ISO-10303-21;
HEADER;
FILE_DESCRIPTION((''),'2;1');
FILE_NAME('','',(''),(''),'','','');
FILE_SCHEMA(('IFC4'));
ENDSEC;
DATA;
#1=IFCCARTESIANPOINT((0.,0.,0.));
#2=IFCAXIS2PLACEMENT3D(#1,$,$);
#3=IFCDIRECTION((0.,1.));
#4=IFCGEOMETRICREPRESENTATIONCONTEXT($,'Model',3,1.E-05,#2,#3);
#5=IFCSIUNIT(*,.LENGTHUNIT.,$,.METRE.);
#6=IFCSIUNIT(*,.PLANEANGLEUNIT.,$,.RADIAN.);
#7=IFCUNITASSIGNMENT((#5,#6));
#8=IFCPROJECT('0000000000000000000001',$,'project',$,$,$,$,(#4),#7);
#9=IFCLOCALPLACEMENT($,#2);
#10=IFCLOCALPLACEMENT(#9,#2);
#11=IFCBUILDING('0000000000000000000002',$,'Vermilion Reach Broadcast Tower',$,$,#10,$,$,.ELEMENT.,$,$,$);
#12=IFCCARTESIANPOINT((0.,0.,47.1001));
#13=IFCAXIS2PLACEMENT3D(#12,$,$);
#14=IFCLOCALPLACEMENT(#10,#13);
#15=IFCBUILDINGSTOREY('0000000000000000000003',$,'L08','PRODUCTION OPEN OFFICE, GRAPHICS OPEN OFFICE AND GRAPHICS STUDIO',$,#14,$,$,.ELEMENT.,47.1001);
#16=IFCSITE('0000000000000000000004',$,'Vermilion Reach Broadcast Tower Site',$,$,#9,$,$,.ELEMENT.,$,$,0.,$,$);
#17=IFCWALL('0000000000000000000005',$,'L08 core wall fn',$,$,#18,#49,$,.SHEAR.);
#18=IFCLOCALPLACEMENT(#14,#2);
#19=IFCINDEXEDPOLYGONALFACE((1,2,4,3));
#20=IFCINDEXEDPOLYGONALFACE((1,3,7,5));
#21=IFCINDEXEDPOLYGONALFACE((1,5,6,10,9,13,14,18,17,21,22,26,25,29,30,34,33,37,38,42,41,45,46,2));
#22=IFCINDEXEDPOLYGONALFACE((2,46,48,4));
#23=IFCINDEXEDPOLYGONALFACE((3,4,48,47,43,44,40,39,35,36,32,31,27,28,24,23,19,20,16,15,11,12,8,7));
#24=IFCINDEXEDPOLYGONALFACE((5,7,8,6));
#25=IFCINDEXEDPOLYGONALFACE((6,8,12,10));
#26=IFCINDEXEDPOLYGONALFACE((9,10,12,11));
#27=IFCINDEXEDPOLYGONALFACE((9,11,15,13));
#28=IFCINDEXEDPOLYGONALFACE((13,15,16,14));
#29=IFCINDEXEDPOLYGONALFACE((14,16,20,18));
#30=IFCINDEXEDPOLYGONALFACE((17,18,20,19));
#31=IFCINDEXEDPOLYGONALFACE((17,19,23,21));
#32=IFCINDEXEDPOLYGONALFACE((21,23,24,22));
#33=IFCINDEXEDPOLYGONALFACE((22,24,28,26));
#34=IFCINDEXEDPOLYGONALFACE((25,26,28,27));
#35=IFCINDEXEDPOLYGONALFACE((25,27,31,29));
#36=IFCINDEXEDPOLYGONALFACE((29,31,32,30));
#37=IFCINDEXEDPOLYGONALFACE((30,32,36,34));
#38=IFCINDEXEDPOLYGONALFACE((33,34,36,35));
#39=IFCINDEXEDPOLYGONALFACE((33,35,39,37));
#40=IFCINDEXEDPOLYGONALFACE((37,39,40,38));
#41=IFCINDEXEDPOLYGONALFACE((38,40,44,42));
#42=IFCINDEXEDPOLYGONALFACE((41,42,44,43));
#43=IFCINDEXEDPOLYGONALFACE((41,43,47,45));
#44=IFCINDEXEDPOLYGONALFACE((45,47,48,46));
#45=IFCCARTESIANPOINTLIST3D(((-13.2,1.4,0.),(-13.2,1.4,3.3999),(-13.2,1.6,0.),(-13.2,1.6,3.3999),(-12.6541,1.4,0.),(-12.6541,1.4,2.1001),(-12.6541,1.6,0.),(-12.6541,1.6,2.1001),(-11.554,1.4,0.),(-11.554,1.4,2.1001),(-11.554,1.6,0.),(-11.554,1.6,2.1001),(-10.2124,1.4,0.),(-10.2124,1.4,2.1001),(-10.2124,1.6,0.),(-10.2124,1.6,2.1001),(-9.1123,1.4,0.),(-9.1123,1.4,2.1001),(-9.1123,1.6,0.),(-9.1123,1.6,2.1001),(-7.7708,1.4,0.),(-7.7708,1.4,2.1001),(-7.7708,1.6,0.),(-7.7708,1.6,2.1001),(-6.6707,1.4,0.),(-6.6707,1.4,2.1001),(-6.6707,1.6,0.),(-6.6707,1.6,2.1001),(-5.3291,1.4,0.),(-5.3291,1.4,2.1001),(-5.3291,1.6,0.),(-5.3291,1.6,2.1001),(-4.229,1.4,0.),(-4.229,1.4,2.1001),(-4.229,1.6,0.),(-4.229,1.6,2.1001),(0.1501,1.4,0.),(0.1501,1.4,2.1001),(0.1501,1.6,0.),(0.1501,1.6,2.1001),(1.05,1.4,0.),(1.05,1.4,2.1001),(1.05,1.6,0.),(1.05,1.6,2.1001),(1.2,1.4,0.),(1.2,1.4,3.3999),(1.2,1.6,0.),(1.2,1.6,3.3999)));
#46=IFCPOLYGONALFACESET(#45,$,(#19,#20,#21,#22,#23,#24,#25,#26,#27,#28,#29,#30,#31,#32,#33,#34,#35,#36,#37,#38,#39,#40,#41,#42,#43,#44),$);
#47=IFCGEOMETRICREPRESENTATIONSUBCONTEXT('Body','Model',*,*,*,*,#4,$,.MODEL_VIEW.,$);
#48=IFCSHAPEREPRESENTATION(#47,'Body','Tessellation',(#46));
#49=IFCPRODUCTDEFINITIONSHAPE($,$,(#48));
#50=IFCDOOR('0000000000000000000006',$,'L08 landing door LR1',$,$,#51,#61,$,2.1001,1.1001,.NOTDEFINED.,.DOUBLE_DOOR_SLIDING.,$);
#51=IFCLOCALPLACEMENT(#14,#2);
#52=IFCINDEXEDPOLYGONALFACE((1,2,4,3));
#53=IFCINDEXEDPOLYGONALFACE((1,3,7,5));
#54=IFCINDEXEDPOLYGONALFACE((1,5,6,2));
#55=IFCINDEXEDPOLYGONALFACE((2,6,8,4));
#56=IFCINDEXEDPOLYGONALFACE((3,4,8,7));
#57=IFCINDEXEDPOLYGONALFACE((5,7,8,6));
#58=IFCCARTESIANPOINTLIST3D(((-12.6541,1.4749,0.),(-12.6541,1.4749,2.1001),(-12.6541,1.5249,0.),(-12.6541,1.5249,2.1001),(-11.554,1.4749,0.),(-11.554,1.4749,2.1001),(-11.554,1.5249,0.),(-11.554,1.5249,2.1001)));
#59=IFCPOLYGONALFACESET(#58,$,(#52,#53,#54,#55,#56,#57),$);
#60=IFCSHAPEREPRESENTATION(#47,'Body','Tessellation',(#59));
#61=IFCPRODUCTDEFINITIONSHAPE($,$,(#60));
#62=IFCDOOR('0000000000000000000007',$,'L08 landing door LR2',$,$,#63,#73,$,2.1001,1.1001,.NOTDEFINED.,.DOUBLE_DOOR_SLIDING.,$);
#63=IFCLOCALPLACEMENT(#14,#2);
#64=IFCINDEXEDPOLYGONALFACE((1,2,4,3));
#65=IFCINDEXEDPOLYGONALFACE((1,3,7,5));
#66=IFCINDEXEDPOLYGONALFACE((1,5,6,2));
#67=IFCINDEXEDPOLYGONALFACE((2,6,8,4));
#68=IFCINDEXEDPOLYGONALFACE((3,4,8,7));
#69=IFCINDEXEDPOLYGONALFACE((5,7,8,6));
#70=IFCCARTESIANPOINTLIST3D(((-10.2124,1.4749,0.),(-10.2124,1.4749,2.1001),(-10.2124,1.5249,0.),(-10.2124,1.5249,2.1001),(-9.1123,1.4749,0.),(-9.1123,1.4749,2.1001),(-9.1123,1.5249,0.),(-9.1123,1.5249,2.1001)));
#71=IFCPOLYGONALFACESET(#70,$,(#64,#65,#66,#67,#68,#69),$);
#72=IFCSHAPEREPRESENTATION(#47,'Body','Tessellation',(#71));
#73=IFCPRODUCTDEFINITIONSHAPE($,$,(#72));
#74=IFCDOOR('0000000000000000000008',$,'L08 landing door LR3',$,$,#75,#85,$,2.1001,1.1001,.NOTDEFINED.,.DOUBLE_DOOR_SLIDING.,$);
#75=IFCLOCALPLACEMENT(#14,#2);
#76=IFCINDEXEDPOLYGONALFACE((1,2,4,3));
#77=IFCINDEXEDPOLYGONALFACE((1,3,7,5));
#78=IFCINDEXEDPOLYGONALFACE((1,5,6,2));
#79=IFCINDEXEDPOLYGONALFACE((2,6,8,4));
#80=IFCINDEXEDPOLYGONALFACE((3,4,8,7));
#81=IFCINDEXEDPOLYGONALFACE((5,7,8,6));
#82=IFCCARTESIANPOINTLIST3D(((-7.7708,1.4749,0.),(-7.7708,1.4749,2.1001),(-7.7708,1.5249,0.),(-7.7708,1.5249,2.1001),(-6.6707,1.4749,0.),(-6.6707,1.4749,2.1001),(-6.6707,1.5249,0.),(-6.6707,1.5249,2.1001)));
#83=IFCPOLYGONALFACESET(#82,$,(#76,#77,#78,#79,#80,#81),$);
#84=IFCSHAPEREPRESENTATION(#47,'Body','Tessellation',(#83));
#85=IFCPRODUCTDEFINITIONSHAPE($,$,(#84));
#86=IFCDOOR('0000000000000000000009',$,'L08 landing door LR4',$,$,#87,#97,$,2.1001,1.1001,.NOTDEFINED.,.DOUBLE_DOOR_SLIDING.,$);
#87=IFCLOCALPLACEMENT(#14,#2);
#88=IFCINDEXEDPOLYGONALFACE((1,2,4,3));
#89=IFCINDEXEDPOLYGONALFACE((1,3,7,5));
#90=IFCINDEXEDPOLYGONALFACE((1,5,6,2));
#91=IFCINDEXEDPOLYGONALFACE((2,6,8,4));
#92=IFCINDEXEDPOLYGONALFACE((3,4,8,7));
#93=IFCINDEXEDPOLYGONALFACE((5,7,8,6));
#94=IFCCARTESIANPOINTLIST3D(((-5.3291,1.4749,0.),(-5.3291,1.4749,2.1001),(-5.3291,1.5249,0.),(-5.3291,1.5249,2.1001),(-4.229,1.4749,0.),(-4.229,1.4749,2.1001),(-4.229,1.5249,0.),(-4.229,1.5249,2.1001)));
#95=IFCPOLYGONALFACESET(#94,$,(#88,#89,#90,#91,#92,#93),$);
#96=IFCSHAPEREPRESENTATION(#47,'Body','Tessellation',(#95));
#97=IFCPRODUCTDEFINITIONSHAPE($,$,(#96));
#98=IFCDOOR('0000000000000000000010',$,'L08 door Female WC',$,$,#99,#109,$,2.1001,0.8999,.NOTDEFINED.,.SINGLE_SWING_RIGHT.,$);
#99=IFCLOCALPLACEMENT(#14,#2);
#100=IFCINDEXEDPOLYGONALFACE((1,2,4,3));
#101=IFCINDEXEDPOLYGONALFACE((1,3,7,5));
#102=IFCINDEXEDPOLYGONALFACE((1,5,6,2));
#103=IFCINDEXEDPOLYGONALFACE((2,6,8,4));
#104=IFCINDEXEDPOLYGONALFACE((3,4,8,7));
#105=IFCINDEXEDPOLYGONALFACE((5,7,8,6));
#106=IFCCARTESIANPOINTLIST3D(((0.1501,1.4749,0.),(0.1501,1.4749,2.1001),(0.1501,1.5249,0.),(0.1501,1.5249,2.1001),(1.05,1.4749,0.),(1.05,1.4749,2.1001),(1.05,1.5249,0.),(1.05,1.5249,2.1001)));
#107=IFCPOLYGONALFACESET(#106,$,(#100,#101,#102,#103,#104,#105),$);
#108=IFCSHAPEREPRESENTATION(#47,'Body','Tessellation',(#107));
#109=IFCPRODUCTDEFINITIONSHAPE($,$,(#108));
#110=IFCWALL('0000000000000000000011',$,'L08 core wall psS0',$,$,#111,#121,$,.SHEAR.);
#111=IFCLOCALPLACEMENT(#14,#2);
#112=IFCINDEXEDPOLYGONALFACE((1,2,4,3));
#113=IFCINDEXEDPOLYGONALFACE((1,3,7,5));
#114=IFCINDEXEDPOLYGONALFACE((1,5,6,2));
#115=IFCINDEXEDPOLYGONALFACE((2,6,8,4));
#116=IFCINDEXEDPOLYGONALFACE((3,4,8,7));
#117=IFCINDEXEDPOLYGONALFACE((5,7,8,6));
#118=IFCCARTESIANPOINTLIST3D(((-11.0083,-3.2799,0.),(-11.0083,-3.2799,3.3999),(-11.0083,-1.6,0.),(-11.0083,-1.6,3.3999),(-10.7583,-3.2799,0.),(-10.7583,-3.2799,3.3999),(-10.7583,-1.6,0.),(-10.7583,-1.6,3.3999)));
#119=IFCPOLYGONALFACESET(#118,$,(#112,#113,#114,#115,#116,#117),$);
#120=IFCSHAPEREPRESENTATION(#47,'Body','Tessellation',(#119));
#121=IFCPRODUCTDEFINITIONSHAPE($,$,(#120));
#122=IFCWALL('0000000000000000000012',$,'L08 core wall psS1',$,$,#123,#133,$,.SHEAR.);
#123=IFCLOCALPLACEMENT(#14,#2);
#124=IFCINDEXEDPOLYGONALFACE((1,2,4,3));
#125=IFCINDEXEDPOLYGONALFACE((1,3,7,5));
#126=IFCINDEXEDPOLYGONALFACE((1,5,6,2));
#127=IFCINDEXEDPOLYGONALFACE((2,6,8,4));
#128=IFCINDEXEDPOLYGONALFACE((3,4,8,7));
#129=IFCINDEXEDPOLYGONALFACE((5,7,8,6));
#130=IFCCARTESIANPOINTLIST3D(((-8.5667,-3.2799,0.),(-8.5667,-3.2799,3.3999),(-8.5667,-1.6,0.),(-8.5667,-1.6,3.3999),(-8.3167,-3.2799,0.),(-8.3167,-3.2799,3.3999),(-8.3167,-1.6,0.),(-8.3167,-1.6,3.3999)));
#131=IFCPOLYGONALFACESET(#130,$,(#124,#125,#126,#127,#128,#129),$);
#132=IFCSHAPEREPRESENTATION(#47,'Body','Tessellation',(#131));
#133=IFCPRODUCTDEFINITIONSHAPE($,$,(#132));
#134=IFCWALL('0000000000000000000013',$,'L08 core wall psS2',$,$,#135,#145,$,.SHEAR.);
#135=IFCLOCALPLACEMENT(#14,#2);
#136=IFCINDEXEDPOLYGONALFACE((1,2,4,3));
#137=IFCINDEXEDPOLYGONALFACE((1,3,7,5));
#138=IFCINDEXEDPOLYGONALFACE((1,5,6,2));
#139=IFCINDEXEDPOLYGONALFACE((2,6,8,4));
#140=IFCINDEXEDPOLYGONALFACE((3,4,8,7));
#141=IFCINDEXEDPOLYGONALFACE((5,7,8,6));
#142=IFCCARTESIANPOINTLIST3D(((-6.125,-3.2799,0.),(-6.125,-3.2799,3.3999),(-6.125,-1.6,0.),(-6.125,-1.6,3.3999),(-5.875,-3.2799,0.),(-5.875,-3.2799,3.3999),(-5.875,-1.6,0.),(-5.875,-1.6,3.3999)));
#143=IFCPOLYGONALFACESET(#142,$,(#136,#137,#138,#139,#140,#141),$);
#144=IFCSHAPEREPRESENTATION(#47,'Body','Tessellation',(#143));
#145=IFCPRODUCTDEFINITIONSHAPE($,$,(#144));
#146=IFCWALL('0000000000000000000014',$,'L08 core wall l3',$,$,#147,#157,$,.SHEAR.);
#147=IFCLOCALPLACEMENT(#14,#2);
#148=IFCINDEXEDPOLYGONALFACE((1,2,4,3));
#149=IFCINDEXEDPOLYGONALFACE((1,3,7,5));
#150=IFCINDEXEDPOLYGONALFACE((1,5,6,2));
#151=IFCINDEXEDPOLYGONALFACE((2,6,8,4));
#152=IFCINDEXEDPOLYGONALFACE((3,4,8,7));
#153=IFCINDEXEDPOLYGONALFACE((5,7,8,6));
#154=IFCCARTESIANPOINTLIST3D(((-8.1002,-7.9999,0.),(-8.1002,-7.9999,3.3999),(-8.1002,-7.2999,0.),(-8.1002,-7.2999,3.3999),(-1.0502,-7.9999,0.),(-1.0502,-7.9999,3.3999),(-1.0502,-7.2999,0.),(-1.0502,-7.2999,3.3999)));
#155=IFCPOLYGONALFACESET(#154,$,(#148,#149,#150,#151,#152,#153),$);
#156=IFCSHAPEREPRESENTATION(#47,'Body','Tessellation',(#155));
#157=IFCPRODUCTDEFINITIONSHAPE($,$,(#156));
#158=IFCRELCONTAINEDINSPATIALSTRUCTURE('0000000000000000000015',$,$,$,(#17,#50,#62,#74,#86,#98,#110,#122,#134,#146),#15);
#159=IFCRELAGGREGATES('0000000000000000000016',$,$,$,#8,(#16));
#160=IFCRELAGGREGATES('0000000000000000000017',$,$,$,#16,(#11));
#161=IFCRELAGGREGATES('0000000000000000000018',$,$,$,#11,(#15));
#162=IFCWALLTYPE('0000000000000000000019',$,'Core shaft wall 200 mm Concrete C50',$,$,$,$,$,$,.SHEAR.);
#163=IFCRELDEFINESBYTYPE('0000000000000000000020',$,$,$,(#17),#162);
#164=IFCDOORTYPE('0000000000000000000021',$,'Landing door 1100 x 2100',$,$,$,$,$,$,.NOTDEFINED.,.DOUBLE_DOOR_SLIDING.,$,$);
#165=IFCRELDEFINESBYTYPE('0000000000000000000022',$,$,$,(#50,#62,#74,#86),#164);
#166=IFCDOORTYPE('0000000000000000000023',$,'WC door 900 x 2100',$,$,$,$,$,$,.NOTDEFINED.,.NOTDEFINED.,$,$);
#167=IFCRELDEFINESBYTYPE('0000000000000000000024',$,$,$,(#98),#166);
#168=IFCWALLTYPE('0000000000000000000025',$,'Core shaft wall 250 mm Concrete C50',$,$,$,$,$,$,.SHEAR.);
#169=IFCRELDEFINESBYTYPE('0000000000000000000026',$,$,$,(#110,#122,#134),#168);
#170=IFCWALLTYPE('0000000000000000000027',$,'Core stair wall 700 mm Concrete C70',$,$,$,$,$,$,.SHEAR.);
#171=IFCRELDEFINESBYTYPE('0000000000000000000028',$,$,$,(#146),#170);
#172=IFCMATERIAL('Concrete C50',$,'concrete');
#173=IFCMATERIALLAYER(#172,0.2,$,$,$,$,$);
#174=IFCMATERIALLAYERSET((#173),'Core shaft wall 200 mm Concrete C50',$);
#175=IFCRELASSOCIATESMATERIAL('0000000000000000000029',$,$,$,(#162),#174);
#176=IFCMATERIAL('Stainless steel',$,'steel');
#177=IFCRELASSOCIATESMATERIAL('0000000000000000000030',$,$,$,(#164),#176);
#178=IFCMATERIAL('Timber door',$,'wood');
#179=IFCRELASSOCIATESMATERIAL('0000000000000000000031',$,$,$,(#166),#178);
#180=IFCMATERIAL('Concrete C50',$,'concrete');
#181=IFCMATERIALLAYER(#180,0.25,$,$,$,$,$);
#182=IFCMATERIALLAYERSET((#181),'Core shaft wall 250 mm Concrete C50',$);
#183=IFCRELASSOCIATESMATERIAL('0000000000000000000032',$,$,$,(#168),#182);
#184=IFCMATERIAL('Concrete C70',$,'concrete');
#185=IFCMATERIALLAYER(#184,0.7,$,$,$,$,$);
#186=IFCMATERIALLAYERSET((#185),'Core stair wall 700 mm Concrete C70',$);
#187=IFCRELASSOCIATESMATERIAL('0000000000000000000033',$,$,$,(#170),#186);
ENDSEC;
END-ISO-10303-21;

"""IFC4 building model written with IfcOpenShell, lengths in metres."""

from ifc_helpers import new_model, si_unit, direction, frame, frame_2d, origin, place, context, subcontext, project, spatial, rectangle, extrude, material, layer, layer_set, type_object, element, fill, save


model = new_model("IFC4")

# Units and contexts
model_context = context("Model", 3, precision=1e-05, world=origin(), true_north=direction((0.0, 1.0)))
body_context = subcontext(model_context, "Body", "Model", "MODEL_VIEW")
ifc_project = project(units=[si_unit("LENGTHUNIT", "METRE"), si_unit("PLANEANGLEUNIT", "RADIAN")], contexts=[model_context])

# Site, building, storey
site_placement = place(None, origin())
site = spatial("IfcSite", under=ifc_project, at=site_placement, Name="Vermilion Reach Broadcast Tower Site", CompositionType="ELEMENT", RefElevation=0.0)
building_placement = place(site_placement, origin())
building = spatial("IfcBuilding", under=site, at=building_placement, Name="Vermilion Reach Broadcast Tower", CompositionType="ELEMENT")
storey_placement = place(building_placement, frame((0.0, 0.0, 47.1001)))
storey = spatial("IfcBuildingStorey", under=building, at=storey_placement, Name="L08", Description="PRODUCTION OPEN OFFICE, GRAPHICS OPEN OFFICE AND GRAPHICS STUDIO", CompositionType="ELEMENT", Elevation=47.1001)

# Wall, openings, doors
ifc_material_1 = material(Name="Concrete C50", Category="concrete")
ifc_layer_1 = layer(ifc_material_1, 0.2)
ifc_layer_set_1 = layer_set([ifc_layer_1], Name="Core shaft wall 200 mm Concrete C50")
wall_type_1 = type_object("IfcWallType", Name="Core shaft wall 200 mm Concrete C50", PredefinedType="SHEAR", material=ifc_layer_set_1)
wall_1_placement = place(storey_placement, frame((-13.2, 1.5, 0.0), z_axis=(0.0, 0.0, 1.0), x_axis=(1.0, 0.0, 0.0)))
wall_1 = element("IfcWall", 1, at=wall_1_placement, inside=storey, type_object=wall_type_1, Name="L08 core wall fn", PredefinedType="SHEAR", context=body_context, shape_type="SweptSolid", body=[
    extrude(rectangle(XDim=14.3999, YDim=0.2, at=frame_2d((7.2, 0.0))), origin(), (0.0, 0.0, 1.0), 3.3999),
])
opening_1_placement = place(wall_1_placement, frame((0.5459, 0.0, 0.0)))
opening_1 = element("IfcOpeningElement", 2, at=opening_1_placement, cuts=wall_1, PredefinedType="OPENING", context=body_context, shape_type="SweptSolid", body=[
    extrude(rectangle(XDim=1.1001, YDim=2.1001, at=frame_2d((0.55, 1.05))), frame((0.0, 0.1099, 0.0), z_axis=(0.0, -1.0, 0.0), x_axis=(1.0, 0.0, 0.0)), (0.0, 0.0, 1.0), 0.22),
])
opening_2_placement = place(wall_1_placement, frame((2.9875, 0.0, 0.0)))
opening_2 = element("IfcOpeningElement", 3, at=opening_2_placement, cuts=wall_1, PredefinedType="OPENING", context=body_context, shape_type="SweptSolid", body=[
    extrude(rectangle(XDim=1.1001, YDim=2.1001, at=frame_2d((0.55, 1.05))), frame((0.0, 0.1099, 0.0), z_axis=(0.0, -1.0, 0.0), x_axis=(1.0, 0.0, 0.0)), (0.0, 0.0, 1.0), 0.22),
])
opening_3_placement = place(wall_1_placement, frame((5.4292, 0.0, 0.0)))
opening_3 = element("IfcOpeningElement", 4, at=opening_3_placement, cuts=wall_1, PredefinedType="OPENING", context=body_context, shape_type="SweptSolid", body=[
    extrude(rectangle(XDim=1.1001, YDim=2.1001, at=frame_2d((0.55, 1.05))), frame((0.0, 0.1099, 0.0), z_axis=(0.0, -1.0, 0.0), x_axis=(1.0, 0.0, 0.0)), (0.0, 0.0, 1.0), 0.22),
])
opening_4_placement = place(wall_1_placement, frame((7.8708, 0.0, 0.0)))
opening_4 = element("IfcOpeningElement", 5, at=opening_4_placement, cuts=wall_1, PredefinedType="OPENING", context=body_context, shape_type="SweptSolid", body=[
    extrude(rectangle(XDim=1.1001, YDim=2.1001, at=frame_2d((0.55, 1.05))), frame((0.0, 0.1099, 0.0), z_axis=(0.0, -1.0, 0.0), x_axis=(1.0, 0.0, 0.0)), (0.0, 0.0, 1.0), 0.22),
])
opening_5_placement = place(wall_1_placement, frame((13.3501, 0.0, 0.0)))
opening_5 = element("IfcOpeningElement", 6, at=opening_5_placement, cuts=wall_1, PredefinedType="OPENING", context=body_context, shape_type="SweptSolid", body=[
    extrude(rectangle(XDim=0.8999, YDim=2.1001, at=frame_2d((0.45, 1.05))), frame((0.0, 0.1099, 0.0), z_axis=(0.0, -1.0, 0.0), x_axis=(1.0, 0.0, 0.0)), (0.0, 0.0, 1.0), 0.22),
])
ifc_material_2 = material(Name="Stainless steel", Category="steel")
door_type_1 = type_object("IfcDoorType", Name="Landing door 1100 x 2100", OperationType="DOUBLE_DOOR_SLIDING", PredefinedType="NOTDEFINED", material=ifc_material_2)
door_1_placement = place(opening_1_placement, origin())
door_1 = element("IfcDoor", 7, at=door_1_placement, inside=storey, type_object=door_type_1, Name="L08 landing door LR1", OperationType="DOUBLE_DOOR_SLIDING", OverallHeight=2.1001, OverallWidth=1.1001, PredefinedType="NOTDEFINED", context=body_context, shape_type="SweptSolid", body=[
    extrude(rectangle(XDim=1.1001, YDim=2.1001, at=frame_2d((0.55, 1.05))), frame((0.0, 0.0249, 0.0), z_axis=(0.0, -1.0, 0.0), x_axis=(1.0, 0.0, 0.0)), (0.0, 0.0, 1.0), 0.05),
])
fill(opening_1, door_1)
door_2_placement = place(opening_2_placement, origin())
door_2 = element("IfcDoor", 8, at=door_2_placement, inside=storey, type_object=door_type_1, Name="L08 landing door LR2", OperationType="DOUBLE_DOOR_SLIDING", OverallHeight=2.1001, OverallWidth=1.1001, PredefinedType="NOTDEFINED", context=body_context, shape_type="SweptSolid", body=[
    extrude(rectangle(XDim=1.1001, YDim=2.1001, at=frame_2d((0.55, 1.05))), frame((0.0, 0.0249, 0.0), z_axis=(0.0, -1.0, 0.0), x_axis=(1.0, 0.0, 0.0)), (0.0, 0.0, 1.0), 0.05),
])
fill(opening_2, door_2)
door_3_placement = place(opening_3_placement, origin())
door_3 = element("IfcDoor", 9, at=door_3_placement, inside=storey, type_object=door_type_1, Name="L08 landing door LR3", OperationType="DOUBLE_DOOR_SLIDING", OverallHeight=2.1001, OverallWidth=1.1001, PredefinedType="NOTDEFINED", context=body_context, shape_type="SweptSolid", body=[
    extrude(rectangle(XDim=1.1001, YDim=2.1001, at=frame_2d((0.55, 1.05))), frame((0.0, 0.0249, 0.0), z_axis=(0.0, -1.0, 0.0), x_axis=(1.0, 0.0, 0.0)), (0.0, 0.0, 1.0), 0.05),
])
fill(opening_3, door_3)
door_4_placement = place(opening_4_placement, origin())
door_4 = element("IfcDoor", 10, at=door_4_placement, inside=storey, type_object=door_type_1, Name="L08 landing door LR4", OperationType="DOUBLE_DOOR_SLIDING", OverallHeight=2.1001, OverallWidth=1.1001, PredefinedType="NOTDEFINED", context=body_context, shape_type="SweptSolid", body=[
    extrude(rectangle(XDim=1.1001, YDim=2.1001, at=frame_2d((0.55, 1.05))), frame((0.0, 0.0249, 0.0), z_axis=(0.0, -1.0, 0.0), x_axis=(1.0, 0.0, 0.0)), (0.0, 0.0, 1.0), 0.05),
])
fill(opening_4, door_4)
ifc_material_3 = material(Name="Timber door", Category="wood")
door_type_2 = type_object("IfcDoorType", Name="WC door 900 x 2100", OperationType="NOTDEFINED", PredefinedType="NOTDEFINED", material=ifc_material_3)
door_5_placement = place(opening_5_placement, origin())
door_5 = element("IfcDoor", 11, at=door_5_placement, inside=storey, type_object=door_type_2, Name="L08 door Female WC", OperationType="SINGLE_SWING_RIGHT", OverallHeight=2.1001, OverallWidth=0.8999, PredefinedType="NOTDEFINED", context=body_context, shape_type="SweptSolid", body=[
    extrude(rectangle(XDim=0.8999, YDim=2.1001, at=frame_2d((0.45, 1.05))), frame((0.0, 0.0249, 0.0), z_axis=(0.0, -1.0, 0.0), x_axis=(1.0, 0.0, 0.0)), (0.0, 0.0, 1.0), 0.05),
])
fill(opening_5, door_5)

# Walls
ifc_material_4 = material(Name="Concrete C50", Category="concrete")
ifc_layer_2 = layer(ifc_material_4, 0.25)
ifc_layer_set_2 = layer_set([ifc_layer_2], Name="Core shaft wall 250 mm Concrete C50")
wall_type_2 = type_object("IfcWallType", Name="Core shaft wall 250 mm Concrete C50", PredefinedType="SHEAR", material=ifc_layer_set_2)
for number, where, z_axis, x_axis, name in (
    (12, (-10.8833, -1.6001, 0.0), (0.0, 0.0, 1.0), (0.0, -1.0, 0.0), "L08 core wall psS0"),
    (13, (-8.4417, -1.6001, 0.0), (0.0, 0.0, 1.0), (0.0, -1.0, 0.0), "L08 core wall psS1"),
    (14, (-6.0, -1.6001, 0.0), (0.0, 0.0, 1.0), (0.0, -1.0, 0.0), "L08 core wall psS2"),
):
    element("IfcWall", number, at=place(storey_placement, frame(where, z_axis=z_axis, x_axis=x_axis)), inside=storey, type_object=wall_type_2, Name=name, PredefinedType="SHEAR", context=body_context, shape_type="SweptSolid", body=[
        extrude(rectangle(XDim=1.6799, YDim=0.25, at=frame_2d((0.8398, 0.0))), origin(), (0.0, 0.0, 1.0), 3.3999),
    ])
ifc_material_5 = material(Name="Concrete C70", Category="concrete")
ifc_layer_3 = layer(ifc_material_5, 0.7)
ifc_layer_set_3 = layer_set([ifc_layer_3], Name="Core stair wall 700 mm Concrete C70")
wall_type_3 = type_object("IfcWallType", Name="Core stair wall 700 mm Concrete C70", PredefinedType="SHEAR", material=ifc_layer_set_3)
wall_2_placement = place(storey_placement, frame((-8.1001, -7.6499, 0.0), z_axis=(0.0, 0.0, 1.0), x_axis=(1.0, 0.0, 0.0)))
element("IfcWall", 15, at=wall_2_placement, inside=storey, type_object=wall_type_3, Name="L08 core wall l3", PredefinedType="SHEAR", context=body_context, shape_type="SweptSolid", body=[
    extrude(rectangle(XDim=7.05, YDim=0.7, at=frame_2d((3.5249, 0.0))), origin(), (0.0, 0.0, 1.0), 3.3999),
])

save(model, "model.ifc")
